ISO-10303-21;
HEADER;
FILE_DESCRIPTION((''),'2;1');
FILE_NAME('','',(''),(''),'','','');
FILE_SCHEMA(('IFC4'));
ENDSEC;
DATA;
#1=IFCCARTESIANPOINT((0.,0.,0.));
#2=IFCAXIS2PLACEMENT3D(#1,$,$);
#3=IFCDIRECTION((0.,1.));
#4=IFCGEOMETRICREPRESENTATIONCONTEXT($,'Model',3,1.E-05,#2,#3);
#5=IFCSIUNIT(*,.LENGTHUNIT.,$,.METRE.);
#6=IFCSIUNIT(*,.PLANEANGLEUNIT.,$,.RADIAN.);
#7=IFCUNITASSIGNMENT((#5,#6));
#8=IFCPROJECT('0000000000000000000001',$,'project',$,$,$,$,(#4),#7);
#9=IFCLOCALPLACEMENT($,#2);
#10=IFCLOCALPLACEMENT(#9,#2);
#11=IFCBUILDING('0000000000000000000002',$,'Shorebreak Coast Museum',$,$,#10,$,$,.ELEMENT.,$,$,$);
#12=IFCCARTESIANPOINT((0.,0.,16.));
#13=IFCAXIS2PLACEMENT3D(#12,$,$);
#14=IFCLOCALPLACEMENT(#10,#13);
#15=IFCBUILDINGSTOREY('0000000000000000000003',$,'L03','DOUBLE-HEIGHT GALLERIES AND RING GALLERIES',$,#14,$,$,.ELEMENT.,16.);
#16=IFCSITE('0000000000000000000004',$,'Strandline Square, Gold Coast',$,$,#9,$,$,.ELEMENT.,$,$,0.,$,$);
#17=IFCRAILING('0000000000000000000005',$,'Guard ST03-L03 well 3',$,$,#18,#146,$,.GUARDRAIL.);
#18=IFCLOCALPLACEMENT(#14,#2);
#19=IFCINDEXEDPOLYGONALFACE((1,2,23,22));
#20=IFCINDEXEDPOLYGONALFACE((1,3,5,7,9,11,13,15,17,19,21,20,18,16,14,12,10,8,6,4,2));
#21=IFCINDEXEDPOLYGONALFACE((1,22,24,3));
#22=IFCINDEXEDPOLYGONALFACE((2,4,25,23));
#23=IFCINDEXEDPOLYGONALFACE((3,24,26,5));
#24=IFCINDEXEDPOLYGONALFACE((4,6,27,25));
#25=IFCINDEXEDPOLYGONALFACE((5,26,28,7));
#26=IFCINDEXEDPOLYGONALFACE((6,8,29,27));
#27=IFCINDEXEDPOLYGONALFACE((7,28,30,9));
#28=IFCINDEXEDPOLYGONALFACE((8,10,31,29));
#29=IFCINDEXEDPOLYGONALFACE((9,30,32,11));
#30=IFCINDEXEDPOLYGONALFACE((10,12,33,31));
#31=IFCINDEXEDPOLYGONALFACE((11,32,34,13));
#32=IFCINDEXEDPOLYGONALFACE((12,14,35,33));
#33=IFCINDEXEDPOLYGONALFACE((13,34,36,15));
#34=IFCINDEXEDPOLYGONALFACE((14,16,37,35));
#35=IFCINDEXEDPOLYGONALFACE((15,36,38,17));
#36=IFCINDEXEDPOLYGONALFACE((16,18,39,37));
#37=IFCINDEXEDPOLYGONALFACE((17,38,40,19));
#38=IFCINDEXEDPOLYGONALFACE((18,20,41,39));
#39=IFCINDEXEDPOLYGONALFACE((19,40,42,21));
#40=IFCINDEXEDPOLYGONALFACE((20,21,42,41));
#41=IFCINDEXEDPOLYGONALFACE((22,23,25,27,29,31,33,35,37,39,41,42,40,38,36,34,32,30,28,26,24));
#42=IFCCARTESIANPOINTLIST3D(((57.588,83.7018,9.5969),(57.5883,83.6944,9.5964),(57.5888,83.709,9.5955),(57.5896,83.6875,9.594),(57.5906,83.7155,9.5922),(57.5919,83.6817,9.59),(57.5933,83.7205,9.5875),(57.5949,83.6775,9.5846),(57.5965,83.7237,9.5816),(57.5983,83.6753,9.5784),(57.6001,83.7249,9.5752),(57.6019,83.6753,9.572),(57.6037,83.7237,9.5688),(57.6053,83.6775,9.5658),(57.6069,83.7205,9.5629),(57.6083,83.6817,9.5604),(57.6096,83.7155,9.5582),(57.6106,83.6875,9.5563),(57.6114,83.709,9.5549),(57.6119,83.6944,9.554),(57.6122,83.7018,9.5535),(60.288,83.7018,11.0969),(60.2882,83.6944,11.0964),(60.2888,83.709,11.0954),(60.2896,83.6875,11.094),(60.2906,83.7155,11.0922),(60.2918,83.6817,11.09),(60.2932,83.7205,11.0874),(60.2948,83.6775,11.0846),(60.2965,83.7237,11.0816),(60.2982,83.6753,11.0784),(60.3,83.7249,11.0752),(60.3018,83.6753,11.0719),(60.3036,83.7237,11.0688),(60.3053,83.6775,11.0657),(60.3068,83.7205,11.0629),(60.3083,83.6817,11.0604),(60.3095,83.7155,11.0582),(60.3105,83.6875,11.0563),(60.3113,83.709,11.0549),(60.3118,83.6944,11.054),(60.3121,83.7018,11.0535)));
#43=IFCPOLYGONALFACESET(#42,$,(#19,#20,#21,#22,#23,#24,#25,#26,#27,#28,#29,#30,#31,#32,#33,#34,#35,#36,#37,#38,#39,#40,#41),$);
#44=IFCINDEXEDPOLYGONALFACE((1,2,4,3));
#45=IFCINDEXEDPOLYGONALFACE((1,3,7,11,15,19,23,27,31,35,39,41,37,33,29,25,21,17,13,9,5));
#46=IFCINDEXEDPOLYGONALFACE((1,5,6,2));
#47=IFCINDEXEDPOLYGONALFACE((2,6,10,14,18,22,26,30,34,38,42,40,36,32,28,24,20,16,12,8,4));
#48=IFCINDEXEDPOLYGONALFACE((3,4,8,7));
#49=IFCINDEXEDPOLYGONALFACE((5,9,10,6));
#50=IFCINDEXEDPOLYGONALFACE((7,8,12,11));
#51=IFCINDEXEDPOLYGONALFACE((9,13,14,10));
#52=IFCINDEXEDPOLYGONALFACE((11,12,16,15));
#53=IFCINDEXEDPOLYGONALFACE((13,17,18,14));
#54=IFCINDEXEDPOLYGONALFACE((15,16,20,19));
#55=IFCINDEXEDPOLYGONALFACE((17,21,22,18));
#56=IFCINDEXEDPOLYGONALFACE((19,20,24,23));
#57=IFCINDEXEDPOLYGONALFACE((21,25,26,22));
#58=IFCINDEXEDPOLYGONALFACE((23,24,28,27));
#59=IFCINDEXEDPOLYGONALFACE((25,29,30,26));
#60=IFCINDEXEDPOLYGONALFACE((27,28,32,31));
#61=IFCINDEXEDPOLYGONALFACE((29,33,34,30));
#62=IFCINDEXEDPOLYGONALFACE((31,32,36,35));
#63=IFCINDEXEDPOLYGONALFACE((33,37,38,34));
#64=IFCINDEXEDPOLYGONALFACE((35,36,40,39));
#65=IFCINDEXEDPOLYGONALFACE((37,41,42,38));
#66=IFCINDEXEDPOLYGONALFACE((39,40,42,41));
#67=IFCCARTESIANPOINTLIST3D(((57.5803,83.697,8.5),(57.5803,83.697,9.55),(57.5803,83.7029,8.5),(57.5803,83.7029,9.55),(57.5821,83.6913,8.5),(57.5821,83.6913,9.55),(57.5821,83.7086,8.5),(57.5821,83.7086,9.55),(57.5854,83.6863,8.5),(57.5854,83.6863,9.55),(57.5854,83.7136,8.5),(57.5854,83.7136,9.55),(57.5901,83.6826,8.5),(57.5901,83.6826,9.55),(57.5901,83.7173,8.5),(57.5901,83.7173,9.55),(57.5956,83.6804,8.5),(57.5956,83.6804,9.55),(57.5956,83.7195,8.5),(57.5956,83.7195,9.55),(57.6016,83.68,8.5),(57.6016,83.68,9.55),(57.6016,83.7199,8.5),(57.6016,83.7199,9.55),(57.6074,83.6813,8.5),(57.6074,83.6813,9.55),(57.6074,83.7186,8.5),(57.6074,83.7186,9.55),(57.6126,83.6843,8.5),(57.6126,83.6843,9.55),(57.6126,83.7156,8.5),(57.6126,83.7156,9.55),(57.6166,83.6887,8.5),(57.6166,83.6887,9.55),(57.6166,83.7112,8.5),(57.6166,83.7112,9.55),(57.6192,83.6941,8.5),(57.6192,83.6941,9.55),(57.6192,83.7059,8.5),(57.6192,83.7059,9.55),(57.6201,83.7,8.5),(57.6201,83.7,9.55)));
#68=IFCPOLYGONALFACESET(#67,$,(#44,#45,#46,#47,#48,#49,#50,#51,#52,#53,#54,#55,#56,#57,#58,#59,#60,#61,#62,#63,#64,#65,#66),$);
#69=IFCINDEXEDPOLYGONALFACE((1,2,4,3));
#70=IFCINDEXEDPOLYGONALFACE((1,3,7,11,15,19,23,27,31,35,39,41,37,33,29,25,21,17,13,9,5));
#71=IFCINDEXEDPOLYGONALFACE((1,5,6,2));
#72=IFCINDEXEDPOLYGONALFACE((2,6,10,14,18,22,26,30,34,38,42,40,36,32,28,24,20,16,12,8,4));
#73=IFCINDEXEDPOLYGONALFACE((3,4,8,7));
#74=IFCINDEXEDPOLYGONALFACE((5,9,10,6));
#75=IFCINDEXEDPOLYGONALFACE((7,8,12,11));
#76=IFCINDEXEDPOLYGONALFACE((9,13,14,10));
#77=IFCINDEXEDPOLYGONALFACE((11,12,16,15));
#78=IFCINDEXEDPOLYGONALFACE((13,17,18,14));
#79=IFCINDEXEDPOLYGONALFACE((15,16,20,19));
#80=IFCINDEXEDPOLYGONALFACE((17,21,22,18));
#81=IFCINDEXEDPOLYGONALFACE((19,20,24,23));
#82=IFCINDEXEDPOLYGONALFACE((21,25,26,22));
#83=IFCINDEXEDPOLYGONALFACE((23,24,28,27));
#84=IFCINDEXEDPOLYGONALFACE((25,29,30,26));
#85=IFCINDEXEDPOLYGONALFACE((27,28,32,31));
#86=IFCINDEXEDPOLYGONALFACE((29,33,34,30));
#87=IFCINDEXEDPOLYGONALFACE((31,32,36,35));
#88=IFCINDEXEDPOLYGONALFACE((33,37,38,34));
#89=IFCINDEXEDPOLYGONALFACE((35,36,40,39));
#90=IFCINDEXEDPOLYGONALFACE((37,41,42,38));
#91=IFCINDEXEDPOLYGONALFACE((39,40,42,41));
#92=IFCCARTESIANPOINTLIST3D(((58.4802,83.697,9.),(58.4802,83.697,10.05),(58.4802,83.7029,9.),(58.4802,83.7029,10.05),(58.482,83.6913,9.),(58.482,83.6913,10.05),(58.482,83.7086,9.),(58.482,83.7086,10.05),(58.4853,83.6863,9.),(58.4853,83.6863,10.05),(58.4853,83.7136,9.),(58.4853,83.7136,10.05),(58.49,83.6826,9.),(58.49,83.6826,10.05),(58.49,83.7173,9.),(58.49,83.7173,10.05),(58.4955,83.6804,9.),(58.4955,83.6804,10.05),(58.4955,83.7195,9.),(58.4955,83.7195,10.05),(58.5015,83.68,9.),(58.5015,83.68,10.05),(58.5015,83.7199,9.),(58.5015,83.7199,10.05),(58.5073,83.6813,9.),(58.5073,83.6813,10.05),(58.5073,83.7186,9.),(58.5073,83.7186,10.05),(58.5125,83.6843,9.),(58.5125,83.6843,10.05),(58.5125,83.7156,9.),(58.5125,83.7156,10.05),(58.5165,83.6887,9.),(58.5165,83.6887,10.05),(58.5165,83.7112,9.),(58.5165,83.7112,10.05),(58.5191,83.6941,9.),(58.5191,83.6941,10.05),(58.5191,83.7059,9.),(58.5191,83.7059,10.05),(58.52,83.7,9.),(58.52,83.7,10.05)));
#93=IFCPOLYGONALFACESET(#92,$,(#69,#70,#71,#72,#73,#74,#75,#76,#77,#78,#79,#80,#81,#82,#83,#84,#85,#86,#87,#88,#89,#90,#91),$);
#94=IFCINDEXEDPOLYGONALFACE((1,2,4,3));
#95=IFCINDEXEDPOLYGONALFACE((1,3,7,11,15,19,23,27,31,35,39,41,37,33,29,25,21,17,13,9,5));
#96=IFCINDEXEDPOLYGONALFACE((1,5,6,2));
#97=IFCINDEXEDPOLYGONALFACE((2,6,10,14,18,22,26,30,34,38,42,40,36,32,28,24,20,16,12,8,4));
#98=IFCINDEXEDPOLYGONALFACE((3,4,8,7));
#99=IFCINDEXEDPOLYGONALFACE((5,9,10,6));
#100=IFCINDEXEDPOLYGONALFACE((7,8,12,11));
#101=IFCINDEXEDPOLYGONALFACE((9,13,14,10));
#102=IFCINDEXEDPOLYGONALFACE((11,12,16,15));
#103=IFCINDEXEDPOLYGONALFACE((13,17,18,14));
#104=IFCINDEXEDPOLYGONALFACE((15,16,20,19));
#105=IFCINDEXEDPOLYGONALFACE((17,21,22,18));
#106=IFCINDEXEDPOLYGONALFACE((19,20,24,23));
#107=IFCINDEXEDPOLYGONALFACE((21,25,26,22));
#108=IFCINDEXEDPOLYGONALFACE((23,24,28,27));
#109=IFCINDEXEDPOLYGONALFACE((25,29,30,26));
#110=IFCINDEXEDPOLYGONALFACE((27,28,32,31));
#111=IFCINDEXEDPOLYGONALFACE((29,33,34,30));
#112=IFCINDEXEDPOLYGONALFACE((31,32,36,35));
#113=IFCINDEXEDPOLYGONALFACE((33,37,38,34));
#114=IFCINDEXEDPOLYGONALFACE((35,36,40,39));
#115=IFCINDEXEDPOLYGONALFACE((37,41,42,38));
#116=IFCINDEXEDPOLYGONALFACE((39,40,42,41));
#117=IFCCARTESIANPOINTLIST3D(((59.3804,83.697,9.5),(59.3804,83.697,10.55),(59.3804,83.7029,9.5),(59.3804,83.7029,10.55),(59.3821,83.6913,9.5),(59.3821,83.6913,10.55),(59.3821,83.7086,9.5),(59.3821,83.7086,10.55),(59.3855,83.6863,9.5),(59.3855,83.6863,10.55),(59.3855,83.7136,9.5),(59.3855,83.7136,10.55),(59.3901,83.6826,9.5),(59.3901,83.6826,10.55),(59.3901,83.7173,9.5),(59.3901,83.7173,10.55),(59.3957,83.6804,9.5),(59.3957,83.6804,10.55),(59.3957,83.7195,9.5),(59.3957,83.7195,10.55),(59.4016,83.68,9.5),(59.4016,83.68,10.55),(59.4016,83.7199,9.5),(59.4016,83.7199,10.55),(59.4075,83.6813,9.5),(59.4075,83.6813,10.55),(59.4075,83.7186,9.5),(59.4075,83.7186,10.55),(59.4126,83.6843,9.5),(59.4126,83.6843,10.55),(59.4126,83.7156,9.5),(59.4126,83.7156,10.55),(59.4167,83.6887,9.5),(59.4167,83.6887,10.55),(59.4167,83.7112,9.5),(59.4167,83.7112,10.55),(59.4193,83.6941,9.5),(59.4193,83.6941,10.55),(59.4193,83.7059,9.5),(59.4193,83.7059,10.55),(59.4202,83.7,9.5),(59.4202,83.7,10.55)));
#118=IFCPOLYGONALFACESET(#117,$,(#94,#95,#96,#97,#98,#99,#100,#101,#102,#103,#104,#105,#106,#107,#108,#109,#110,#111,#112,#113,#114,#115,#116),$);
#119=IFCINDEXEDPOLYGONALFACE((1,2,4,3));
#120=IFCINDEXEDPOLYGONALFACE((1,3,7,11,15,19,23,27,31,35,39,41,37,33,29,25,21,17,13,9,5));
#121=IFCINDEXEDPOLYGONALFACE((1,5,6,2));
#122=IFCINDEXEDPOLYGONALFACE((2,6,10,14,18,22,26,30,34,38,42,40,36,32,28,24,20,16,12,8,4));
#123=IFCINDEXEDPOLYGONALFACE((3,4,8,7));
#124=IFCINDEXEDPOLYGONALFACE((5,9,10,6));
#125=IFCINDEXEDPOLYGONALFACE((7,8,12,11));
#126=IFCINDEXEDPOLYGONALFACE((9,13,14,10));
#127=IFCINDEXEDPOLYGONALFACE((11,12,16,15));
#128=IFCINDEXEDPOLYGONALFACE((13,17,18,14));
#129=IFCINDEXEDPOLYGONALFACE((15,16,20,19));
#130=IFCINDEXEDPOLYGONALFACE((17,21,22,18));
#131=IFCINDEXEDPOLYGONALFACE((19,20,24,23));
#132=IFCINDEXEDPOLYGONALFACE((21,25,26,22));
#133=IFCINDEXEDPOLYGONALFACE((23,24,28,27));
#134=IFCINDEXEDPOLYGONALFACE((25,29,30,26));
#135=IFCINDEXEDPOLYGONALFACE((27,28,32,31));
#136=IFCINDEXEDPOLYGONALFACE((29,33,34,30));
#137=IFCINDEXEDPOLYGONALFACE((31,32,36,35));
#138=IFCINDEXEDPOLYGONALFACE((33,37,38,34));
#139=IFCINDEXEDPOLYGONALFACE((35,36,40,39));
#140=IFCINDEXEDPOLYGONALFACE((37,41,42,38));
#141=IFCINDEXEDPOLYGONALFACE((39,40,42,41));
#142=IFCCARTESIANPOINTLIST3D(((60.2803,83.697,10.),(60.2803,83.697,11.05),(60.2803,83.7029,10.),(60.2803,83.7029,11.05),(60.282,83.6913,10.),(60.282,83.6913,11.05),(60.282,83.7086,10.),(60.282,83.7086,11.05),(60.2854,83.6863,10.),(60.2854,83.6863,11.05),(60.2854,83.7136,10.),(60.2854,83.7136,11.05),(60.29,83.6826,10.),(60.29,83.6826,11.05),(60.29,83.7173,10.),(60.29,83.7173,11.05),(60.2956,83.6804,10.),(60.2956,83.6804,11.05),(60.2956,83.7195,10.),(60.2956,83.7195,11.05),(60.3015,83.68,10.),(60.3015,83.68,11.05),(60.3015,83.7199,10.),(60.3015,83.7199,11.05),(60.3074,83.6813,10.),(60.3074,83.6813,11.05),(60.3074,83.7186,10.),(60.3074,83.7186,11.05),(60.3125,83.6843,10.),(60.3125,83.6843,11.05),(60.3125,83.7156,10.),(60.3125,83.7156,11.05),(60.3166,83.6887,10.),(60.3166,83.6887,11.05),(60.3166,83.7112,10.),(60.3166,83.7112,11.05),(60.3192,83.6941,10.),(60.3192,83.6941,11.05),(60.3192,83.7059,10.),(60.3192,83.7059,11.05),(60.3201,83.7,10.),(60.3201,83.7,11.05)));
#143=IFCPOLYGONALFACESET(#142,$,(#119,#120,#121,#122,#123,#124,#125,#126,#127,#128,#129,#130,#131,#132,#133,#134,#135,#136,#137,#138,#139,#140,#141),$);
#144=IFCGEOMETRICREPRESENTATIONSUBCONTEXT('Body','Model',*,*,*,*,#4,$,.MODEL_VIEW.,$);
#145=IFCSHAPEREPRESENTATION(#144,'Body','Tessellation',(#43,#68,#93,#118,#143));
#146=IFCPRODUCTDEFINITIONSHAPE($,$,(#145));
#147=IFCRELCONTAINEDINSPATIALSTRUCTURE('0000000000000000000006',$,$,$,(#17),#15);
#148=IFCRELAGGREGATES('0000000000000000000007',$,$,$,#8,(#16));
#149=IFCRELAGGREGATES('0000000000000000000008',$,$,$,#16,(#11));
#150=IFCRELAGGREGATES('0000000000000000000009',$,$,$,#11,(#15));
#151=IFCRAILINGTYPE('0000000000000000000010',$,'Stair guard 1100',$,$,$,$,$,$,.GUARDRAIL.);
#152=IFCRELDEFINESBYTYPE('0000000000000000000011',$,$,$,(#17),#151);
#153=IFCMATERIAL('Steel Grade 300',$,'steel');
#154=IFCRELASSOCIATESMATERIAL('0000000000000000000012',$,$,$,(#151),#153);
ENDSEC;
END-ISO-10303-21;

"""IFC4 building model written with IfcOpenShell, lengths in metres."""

from ifc_helpers import new_model, si_unit, direction, frame, origin, origin_2d, place, context, subcontext, project, spatial, circle, extrude, material, type_object, element, save


model = new_model("IFC4")

# Units and contexts
model_context = context("Model", 3, precision=1e-05, world=origin(), true_north=direction((0.0, 1.0)))
body_context = subcontext(model_context, "Body", "Model", "MODEL_VIEW")
ifc_project = project(units=[si_unit("LENGTHUNIT", "METRE"), si_unit("PLANEANGLEUNIT", "RADIAN")], contexts=[model_context])

# Site, building, storey
site_placement = place(None, origin())
site = spatial("IfcSite", under=ifc_project, at=site_placement, Name="Strandline Square, Gold Coast", CompositionType="ELEMENT", RefElevation=0.0)
building_placement = place(site_placement, origin())
building = spatial("IfcBuilding", under=site, at=building_placement, Name="Shorebreak Coast Museum", CompositionType="ELEMENT")
storey_placement = place(building_placement, frame((0.0, 0.0, 16.0)))
storey = spatial("IfcBuildingStorey", under=building, at=storey_placement, Name="L03", Description="DOUBLE-HEIGHT GALLERIES AND RING GALLERIES", CompositionType="ELEMENT", Elevation=16.0)

# Railing
ifc_material_1 = material(Name="Steel Grade 300", Category="steel")
railing_type_1 = type_object("IfcRailingType", Name="Stair guard 1100", PredefinedType="GUARDRAIL", material=ifc_material_1)
for number, where, name in (
    (1, (57.6001, 83.7, 8.5), "Guard ST03-L03 well 3"),
):
    element("IfcRailing", number, at=place(storey_placement, frame(where)), inside=storey, type_object=railing_type_1, Name=name, PredefinedType="GUARDRAIL", context=body_context, shape_type="SweptSolid", body=[
        extrude(circle(Radius=0.0249, at=origin_2d()), frame((0.0, 0.0, 1.0752), z_axis=(0.874154, 0.0, 0.48565), x_axis=(0.0, 1.0, 0.0)), (0.0, 0.0, 1.0), 3.0886),
        extrude(circle(Radius=0.02, at=origin_2d()), origin(), (0.0, 0.0, 1.0), 1.05),
        extrude(circle(Radius=0.02, at=origin_2d()), frame((0.8999, 0.0, 0.5)), (0.0, 0.0, 1.0), 1.05),
        extrude(circle(Radius=0.02, at=origin_2d()), frame((1.8, 0.0, 1.0)), (0.0, 0.0, 1.0), 1.05),
        extrude(circle(Radius=0.02, at=origin_2d()), frame((2.7, 0.0, 1.5)), (0.0, 0.0, 1.0), 1.05),
    ])

save(model, "model.ifc")
